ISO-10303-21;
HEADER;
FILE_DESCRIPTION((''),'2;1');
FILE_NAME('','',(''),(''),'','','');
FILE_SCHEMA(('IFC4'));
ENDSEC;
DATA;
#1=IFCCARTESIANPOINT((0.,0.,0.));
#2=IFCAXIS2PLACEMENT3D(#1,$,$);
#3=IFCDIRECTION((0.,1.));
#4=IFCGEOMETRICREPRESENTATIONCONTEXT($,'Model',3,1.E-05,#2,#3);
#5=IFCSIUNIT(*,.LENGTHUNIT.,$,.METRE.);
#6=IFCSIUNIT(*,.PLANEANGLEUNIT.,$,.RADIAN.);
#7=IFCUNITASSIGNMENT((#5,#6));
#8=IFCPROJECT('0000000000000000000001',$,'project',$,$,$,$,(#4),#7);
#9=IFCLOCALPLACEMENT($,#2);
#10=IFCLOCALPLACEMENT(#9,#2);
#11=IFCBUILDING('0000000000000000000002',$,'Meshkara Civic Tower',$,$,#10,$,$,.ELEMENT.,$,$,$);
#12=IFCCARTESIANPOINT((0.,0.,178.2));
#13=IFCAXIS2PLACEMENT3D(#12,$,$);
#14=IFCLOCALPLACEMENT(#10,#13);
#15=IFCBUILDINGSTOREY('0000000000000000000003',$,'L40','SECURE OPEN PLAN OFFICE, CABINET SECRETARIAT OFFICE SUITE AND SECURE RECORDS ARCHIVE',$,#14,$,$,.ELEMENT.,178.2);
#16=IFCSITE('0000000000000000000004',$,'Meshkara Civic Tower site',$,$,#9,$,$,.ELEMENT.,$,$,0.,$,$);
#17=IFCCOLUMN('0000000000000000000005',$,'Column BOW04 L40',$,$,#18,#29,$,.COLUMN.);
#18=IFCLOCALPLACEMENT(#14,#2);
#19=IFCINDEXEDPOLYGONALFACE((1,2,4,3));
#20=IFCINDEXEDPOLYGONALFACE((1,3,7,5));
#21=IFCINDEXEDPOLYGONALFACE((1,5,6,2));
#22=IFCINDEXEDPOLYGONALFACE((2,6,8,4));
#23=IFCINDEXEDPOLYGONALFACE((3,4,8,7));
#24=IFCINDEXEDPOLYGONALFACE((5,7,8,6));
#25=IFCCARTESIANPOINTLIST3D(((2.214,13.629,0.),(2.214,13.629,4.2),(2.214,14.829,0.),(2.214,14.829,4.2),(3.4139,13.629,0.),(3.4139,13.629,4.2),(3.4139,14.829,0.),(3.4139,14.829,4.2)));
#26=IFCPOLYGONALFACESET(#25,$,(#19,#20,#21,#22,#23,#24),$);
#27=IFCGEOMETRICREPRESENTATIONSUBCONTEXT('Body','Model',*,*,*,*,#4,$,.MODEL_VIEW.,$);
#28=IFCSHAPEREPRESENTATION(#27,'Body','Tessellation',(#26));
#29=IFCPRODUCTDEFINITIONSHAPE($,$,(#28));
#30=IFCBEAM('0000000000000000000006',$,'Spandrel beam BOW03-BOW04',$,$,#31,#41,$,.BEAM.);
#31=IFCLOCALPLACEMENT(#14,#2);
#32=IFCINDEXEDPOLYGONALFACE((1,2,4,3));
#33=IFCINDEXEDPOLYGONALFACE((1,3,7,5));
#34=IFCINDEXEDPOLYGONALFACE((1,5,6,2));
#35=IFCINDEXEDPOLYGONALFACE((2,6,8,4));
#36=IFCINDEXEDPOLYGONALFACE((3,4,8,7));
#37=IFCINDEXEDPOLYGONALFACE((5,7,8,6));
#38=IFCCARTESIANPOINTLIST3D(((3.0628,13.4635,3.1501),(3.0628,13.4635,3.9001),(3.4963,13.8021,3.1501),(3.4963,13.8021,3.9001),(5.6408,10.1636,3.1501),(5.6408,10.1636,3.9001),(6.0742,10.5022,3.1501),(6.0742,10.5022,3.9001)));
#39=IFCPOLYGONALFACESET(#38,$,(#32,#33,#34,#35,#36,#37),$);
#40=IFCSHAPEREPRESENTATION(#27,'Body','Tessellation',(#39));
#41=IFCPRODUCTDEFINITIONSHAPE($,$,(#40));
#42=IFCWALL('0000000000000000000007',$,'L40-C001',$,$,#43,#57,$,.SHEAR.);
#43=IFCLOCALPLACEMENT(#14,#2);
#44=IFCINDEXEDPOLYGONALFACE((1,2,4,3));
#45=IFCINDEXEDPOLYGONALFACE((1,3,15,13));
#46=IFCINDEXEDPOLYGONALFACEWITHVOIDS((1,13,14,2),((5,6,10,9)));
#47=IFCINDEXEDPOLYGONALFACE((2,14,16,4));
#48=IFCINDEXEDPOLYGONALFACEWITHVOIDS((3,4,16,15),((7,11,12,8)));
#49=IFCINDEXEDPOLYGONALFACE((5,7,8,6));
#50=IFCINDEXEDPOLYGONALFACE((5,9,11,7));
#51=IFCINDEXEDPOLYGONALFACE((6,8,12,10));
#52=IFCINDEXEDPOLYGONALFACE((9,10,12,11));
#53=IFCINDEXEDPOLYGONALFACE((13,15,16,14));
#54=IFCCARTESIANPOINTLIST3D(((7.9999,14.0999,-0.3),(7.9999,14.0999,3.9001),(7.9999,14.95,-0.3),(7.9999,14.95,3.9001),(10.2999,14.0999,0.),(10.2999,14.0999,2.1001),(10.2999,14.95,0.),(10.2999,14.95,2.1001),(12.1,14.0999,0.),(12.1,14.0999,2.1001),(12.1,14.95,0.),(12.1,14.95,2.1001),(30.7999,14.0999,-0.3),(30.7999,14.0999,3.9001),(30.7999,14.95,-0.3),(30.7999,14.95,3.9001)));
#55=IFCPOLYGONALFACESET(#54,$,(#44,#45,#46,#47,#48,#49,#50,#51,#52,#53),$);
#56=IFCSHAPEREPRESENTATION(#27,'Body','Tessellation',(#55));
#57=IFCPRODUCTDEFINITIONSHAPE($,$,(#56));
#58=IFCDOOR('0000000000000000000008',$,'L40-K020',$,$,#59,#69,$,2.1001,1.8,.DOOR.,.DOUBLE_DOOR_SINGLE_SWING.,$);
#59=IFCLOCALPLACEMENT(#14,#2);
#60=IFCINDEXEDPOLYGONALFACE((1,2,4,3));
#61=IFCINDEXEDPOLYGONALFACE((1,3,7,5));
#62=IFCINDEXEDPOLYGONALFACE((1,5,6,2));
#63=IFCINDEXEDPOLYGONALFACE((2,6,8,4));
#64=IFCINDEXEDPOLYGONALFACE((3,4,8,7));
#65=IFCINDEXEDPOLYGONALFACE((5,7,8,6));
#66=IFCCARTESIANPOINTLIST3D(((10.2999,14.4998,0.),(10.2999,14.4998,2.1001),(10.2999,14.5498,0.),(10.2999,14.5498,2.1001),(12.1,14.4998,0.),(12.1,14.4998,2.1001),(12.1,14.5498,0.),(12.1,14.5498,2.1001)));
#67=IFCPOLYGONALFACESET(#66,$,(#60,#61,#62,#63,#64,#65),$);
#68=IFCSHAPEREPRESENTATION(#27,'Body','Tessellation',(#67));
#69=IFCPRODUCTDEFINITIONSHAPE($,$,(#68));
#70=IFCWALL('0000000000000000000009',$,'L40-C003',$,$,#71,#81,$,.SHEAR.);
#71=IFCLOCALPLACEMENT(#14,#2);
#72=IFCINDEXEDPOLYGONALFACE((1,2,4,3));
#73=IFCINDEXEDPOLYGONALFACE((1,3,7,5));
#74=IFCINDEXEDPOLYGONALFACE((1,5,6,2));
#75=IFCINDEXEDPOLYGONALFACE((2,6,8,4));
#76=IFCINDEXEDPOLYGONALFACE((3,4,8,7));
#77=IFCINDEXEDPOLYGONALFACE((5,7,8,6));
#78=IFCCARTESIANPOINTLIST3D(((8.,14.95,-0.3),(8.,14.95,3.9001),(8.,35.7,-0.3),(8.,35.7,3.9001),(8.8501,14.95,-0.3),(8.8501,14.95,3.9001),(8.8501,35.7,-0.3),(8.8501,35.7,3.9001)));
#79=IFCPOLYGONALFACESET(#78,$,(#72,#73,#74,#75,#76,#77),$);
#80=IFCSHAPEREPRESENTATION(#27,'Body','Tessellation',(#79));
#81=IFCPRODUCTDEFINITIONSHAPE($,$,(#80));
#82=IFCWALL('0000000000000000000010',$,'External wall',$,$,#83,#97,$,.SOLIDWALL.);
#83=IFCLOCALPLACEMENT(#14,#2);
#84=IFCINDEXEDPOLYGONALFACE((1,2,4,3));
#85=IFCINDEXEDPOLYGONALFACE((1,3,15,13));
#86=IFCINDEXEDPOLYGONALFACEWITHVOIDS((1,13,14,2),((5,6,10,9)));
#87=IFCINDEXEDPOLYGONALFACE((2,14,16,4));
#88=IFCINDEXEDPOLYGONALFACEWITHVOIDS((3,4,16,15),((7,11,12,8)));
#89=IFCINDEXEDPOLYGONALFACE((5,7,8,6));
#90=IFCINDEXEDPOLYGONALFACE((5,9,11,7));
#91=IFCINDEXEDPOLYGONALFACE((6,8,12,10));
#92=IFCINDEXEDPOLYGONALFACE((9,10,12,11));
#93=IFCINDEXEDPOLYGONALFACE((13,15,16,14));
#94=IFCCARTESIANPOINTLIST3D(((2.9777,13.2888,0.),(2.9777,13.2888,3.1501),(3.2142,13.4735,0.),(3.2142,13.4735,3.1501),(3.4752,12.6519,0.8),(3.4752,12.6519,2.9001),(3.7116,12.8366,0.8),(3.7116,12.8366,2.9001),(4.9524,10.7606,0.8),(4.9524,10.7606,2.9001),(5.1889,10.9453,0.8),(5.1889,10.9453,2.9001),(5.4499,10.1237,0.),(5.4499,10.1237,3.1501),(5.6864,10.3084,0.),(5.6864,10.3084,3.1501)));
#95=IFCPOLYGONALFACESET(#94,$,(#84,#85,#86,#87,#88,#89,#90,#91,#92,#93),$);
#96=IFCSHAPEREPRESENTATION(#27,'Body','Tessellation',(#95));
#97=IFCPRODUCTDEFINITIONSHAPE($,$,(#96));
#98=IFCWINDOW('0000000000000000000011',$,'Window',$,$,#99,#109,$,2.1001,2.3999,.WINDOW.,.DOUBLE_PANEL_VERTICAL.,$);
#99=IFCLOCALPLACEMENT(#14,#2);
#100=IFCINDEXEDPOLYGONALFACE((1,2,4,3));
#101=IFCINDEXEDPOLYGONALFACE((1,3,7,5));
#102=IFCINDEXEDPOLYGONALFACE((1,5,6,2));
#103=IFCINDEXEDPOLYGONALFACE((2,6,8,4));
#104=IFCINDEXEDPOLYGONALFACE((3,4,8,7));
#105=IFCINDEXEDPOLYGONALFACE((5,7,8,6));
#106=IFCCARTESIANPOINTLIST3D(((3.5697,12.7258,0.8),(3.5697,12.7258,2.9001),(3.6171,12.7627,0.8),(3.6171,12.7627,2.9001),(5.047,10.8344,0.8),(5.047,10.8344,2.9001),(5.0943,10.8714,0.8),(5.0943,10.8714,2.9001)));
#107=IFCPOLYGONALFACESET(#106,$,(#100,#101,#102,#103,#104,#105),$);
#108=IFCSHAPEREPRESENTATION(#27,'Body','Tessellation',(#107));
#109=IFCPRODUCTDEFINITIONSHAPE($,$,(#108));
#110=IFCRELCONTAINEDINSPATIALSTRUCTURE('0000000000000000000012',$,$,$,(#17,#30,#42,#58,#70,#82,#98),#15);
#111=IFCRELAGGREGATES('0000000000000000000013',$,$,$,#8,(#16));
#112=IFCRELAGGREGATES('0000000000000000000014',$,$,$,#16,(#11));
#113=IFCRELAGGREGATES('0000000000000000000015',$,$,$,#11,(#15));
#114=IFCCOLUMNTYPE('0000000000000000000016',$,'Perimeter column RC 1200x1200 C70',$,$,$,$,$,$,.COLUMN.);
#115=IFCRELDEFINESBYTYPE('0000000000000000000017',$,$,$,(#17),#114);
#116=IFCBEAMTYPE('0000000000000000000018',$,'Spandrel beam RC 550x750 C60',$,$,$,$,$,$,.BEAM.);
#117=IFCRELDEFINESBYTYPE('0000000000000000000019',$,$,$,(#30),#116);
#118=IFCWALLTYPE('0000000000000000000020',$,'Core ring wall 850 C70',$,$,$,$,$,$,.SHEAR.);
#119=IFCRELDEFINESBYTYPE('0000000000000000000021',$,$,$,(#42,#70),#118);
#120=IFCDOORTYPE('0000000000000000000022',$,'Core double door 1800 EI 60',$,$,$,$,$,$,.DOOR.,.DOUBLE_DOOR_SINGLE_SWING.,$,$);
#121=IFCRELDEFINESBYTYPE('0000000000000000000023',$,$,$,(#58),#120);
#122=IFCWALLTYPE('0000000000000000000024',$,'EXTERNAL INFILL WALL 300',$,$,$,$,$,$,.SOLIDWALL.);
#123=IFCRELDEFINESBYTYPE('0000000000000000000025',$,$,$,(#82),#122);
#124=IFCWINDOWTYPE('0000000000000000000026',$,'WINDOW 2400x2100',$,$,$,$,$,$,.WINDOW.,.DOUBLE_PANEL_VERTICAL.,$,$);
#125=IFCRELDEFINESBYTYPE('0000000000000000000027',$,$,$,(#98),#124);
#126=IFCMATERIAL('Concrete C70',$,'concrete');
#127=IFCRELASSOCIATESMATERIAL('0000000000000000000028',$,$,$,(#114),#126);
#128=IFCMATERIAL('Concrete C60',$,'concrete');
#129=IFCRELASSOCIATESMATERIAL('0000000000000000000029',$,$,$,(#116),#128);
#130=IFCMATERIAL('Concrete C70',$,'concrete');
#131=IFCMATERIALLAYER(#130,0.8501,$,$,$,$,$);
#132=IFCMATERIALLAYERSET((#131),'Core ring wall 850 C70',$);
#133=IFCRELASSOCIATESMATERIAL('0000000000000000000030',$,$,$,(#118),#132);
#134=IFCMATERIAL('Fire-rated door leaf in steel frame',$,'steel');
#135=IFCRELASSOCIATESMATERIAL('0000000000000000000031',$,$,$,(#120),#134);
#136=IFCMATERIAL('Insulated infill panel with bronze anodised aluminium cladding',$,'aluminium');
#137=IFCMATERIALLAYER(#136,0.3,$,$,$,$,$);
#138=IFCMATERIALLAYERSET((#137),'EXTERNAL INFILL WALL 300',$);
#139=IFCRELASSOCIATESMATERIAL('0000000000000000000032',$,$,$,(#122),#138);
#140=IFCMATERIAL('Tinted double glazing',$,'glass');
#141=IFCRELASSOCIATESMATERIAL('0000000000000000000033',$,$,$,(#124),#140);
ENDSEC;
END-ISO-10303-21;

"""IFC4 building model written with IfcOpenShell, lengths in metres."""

from ifc_helpers import new_model, si_unit, direction, frame, frame_2d, origin, origin_2d, place, context, subcontext, project, spatial, rectangle, extrude, material, layer, layer_set, material_profile, profile_set, type_object, element, fill, save


model = new_model("IFC4")

# Units and contexts
model_context = context("Model", 3, precision=1e-05, world=origin(), true_north=direction((0.0, 1.0)))
body_context = subcontext(model_context, "Body", "Model", "MODEL_VIEW")
ifc_project = project(units=[si_unit("LENGTHUNIT", "METRE"), si_unit("PLANEANGLEUNIT", "RADIAN")], contexts=[model_context])

# Site, building, storey
site_placement = place(None, origin())
site = spatial("IfcSite", under=ifc_project, at=site_placement, Name="Meshkara Civic Tower site", CompositionType="ELEMENT", RefElevation=0.0)
building_placement = place(site_placement, origin())
building = spatial("IfcBuilding", under=site, at=building_placement, Name="Meshkara Civic Tower", CompositionType="ELEMENT")
storey_placement = place(building_placement, frame((0.0, 0.0, 178.2)))
storey = spatial("IfcBuildingStorey", under=building, at=storey_placement, Name="L40", Description="SECURE OPEN PLAN OFFICE, CABINET SECRETARIAT OFFICE SUITE AND SECURE RECORDS ARCHIVE", CompositionType="ELEMENT", Elevation=178.2)

# Column
ifc_material_1 = material(Name="Concrete C70", Category="concrete")
ifc_material_profile_1 = material_profile(ifc_material_1, rectangle(XDim=1.2, YDim=1.2, at=origin_2d()))
ifc_profile_set_1 = profile_set([ifc_material_profile_1], Name="Concrete C70")
column_type = type_object("IfcColumnType", Name="Perimeter column RC 1200x1200 C70", PredefinedType="COLUMN", material=ifc_profile_set_1)
column_placement = place(storey_placement, frame((2.814, 14.229, 0.0), z_axis=(0.0, 0.0, 1.0), x_axis=(1.0, 0.0, 0.0)))
element("IfcColumn", 1, at=column_placement, inside=storey, type_object=column_type, Name="Column BOW04 L40", PredefinedType="COLUMN", context=body_context, shape_type="SweptSolid", body=[
    extrude(rectangle(XDim=1.2, YDim=1.2, at=origin_2d()), origin(), (0.0, 0.0, 1.0), 4.2),
])

# Beam
ifc_material_2 = material(Name="Concrete C60", Category="concrete")
ifc_material_profile_2 = material_profile(ifc_material_2, rectangle(XDim=0.55, YDim=0.75, at=origin_2d()))
ifc_profile_set_2 = profile_set([ifc_material_profile_2], Name="Concrete C60")
beam_type = type_object("IfcBeamType", Name="Spandrel beam RC 550x750 C60", PredefinedType="BEAM", material=ifc_profile_set_2)
beam_placement = place(storey_placement, frame((3.2795, 13.6328, 3.5251), z_axis=(0.61563, -0.788035, 0.0), x_axis=(0.788035, 0.61563, 0.0)))
element("IfcBeam", 2, at=beam_placement, inside=storey, type_object=beam_type, Name="Spandrel beam BOW03-BOW04", PredefinedType="BEAM", context=body_context, shape_type="SweptSolid", body=[
    extrude(rectangle(XDim=0.55, YDim=0.75, at=origin_2d()), origin(), (0.0, 0.0, 1.0), 4.1875),
])

# Wall, opening, door
ifc_material_3 = material(Name="Concrete C70", Category="concrete")
ifc_layer_1 = layer(ifc_material_3, 0.8501)
ifc_layer_set_1 = layer_set([ifc_layer_1], Name="Core ring wall 850 C70")
wall_type_1 = type_object("IfcWallType", Name="Core ring wall 850 C70", PredefinedType="SHEAR", material=ifc_layer_set_1)
wall_1_placement = place(storey_placement, frame((8.0, 14.5249, -0.3), z_axis=(0.0, 0.0, 1.0), x_axis=(1.0, 0.0, 0.0)))
wall_1 = element("IfcWall", 3, at=wall_1_placement, inside=storey, type_object=wall_type_1, Name="L40-C001", PredefinedType="SHEAR", context=body_context, shape_type="SweptSolid", body=[
    extrude(rectangle(XDim=22.8, YDim=0.8501, at=frame_2d((11.3999, 0.0))), origin(), (0.0, 0.0, 1.0), 4.2002),
])
opening_1_placement = place(wall_1_placement, frame((2.3, 0.0, 0.3)))
opening_1 = element("IfcOpeningElement", 4, at=opening_1_placement, cuts=wall_1, PredefinedType="OPENING", context=body_context, shape_type="SweptSolid", body=[
    extrude(rectangle(XDim=1.8, YDim=2.1001, at=frame_2d((0.8999, 1.05))), frame((0.0, 0.4351, 0.0), z_axis=(0.0, -1.0, 0.0), x_axis=(1.0, 0.0, 0.0)), (0.0, 0.0, 1.0), 0.8701),
])
ifc_material_4 = material(Name="Fire-rated door leaf in steel frame", Category="steel")
door_type = type_object("IfcDoorType", Name="Core double door 1800 EI 60", OperationType="DOUBLE_DOOR_SINGLE_SWING", PredefinedType="DOOR", material=ifc_material_4)
door_placement = place(opening_1_placement, origin())
door = element("IfcDoor", 5, at=door_placement, inside=storey, type_object=door_type, Name="L40-K020", OperationType="DOUBLE_DOOR_SINGLE_SWING", OverallHeight=2.1001, OverallWidth=1.8, PredefinedType="DOOR", context=body_context, shape_type="SweptSolid", body=[
    extrude(rectangle(XDim=1.8, YDim=2.1001, at=frame_2d((0.8999, 1.05))), frame((0.0, 0.0249, 0.0), z_axis=(0.0, -1.0, 0.0), x_axis=(1.0, 0.0, 0.0)), (0.0, 0.0, 1.0), 0.05),
])
fill(opening_1, door)

# Wall
wall_2_placement = place(storey_placement, frame((8.425, 14.95, -0.3), z_axis=(0.0, 0.0, 1.0), x_axis=(0.0, 1.0, 0.0)))
element("IfcWall", 6, at=wall_2_placement, inside=storey, type_object=wall_type_1, Name="L40-C003", PredefinedType="SHEAR", context=body_context, shape_type="SweptSolid", body=[
    extrude(rectangle(XDim=20.75, YDim=0.8501, at=frame_2d((10.375, 0.0))), origin(), (0.0, 0.0, 1.0), 4.2002),
])

# Wall, opening, window
ifc_material_5 = material(Name="Insulated infill panel with bronze anodised aluminium cladding", Category="aluminium")
ifc_layer_2 = layer(ifc_material_5, 0.3)
ifc_layer_set_2 = layer_set([ifc_layer_2], Name="EXTERNAL INFILL WALL 300")
wall_type_2 = type_object("IfcWallType", Name="EXTERNAL INFILL WALL 300", PredefinedType="SOLIDWALL", material=ifc_layer_set_2)
wall_3_placement = place(storey_placement, frame((3.0959, 13.3811, 0.0), z_axis=(0.0, 0.0, 1.0), x_axis=(0.615564, -0.788087, 0.0)))
wall_3 = element("IfcWall", 7, at=wall_3_placement, inside=storey, type_object=wall_type_2, Name="External wall", PredefinedType="SOLIDWALL", context=body_context, shape_type="SweptSolid", body=[
    extrude(rectangle(XDim=4.0161, YDim=0.3, at=frame_2d((2.0081, 0.0))), origin(), (0.0, 0.0, 1.0), 3.1501),
])
opening_2_placement = place(wall_3_placement, frame((0.8081, 0.0, 0.8)))
opening_2 = element("IfcOpeningElement", 8, at=opening_2_placement, cuts=wall_3, PredefinedType="OPENING", context=body_context, shape_type="SweptSolid", body=[
    extrude(rectangle(XDim=2.3999, YDim=2.1001, at=frame_2d((1.2, 1.05))), frame((0.0, 0.1599, 0.0), z_axis=(0.0, -1.0, 0.0), x_axis=(1.0, 0.0, 0.0)), (0.0, 0.0, 1.0), 0.3201),
])
ifc_material_6 = material(Name="Tinted double glazing", Category="glass")
window_type = type_object("IfcWindowType", Name="WINDOW 2400x2100", PartitioningType="DOUBLE_PANEL_VERTICAL", PredefinedType="WINDOW", material=ifc_material_6)
window_placement = place(opening_2_placement, origin())
window = element("IfcWindow", 9, at=window_placement, inside=storey, type_object=window_type, Name="Window", OverallHeight=2.1001, OverallWidth=2.3999, PartitioningType="DOUBLE_PANEL_VERTICAL", PredefinedType="WINDOW", context=body_context, shape_type="SweptSolid", body=[
    extrude(rectangle(XDim=2.3999, YDim=2.1001, at=frame_2d((1.2, 1.05))), frame((0.0, 0.03, 0.0), z_axis=(0.0, -1.0, 0.0), x_axis=(1.0, 0.0, 0.0)), (0.0, 0.0, 1.0), 0.0601),
])
fill(opening_2, window)

save(model, "model.ifc")
